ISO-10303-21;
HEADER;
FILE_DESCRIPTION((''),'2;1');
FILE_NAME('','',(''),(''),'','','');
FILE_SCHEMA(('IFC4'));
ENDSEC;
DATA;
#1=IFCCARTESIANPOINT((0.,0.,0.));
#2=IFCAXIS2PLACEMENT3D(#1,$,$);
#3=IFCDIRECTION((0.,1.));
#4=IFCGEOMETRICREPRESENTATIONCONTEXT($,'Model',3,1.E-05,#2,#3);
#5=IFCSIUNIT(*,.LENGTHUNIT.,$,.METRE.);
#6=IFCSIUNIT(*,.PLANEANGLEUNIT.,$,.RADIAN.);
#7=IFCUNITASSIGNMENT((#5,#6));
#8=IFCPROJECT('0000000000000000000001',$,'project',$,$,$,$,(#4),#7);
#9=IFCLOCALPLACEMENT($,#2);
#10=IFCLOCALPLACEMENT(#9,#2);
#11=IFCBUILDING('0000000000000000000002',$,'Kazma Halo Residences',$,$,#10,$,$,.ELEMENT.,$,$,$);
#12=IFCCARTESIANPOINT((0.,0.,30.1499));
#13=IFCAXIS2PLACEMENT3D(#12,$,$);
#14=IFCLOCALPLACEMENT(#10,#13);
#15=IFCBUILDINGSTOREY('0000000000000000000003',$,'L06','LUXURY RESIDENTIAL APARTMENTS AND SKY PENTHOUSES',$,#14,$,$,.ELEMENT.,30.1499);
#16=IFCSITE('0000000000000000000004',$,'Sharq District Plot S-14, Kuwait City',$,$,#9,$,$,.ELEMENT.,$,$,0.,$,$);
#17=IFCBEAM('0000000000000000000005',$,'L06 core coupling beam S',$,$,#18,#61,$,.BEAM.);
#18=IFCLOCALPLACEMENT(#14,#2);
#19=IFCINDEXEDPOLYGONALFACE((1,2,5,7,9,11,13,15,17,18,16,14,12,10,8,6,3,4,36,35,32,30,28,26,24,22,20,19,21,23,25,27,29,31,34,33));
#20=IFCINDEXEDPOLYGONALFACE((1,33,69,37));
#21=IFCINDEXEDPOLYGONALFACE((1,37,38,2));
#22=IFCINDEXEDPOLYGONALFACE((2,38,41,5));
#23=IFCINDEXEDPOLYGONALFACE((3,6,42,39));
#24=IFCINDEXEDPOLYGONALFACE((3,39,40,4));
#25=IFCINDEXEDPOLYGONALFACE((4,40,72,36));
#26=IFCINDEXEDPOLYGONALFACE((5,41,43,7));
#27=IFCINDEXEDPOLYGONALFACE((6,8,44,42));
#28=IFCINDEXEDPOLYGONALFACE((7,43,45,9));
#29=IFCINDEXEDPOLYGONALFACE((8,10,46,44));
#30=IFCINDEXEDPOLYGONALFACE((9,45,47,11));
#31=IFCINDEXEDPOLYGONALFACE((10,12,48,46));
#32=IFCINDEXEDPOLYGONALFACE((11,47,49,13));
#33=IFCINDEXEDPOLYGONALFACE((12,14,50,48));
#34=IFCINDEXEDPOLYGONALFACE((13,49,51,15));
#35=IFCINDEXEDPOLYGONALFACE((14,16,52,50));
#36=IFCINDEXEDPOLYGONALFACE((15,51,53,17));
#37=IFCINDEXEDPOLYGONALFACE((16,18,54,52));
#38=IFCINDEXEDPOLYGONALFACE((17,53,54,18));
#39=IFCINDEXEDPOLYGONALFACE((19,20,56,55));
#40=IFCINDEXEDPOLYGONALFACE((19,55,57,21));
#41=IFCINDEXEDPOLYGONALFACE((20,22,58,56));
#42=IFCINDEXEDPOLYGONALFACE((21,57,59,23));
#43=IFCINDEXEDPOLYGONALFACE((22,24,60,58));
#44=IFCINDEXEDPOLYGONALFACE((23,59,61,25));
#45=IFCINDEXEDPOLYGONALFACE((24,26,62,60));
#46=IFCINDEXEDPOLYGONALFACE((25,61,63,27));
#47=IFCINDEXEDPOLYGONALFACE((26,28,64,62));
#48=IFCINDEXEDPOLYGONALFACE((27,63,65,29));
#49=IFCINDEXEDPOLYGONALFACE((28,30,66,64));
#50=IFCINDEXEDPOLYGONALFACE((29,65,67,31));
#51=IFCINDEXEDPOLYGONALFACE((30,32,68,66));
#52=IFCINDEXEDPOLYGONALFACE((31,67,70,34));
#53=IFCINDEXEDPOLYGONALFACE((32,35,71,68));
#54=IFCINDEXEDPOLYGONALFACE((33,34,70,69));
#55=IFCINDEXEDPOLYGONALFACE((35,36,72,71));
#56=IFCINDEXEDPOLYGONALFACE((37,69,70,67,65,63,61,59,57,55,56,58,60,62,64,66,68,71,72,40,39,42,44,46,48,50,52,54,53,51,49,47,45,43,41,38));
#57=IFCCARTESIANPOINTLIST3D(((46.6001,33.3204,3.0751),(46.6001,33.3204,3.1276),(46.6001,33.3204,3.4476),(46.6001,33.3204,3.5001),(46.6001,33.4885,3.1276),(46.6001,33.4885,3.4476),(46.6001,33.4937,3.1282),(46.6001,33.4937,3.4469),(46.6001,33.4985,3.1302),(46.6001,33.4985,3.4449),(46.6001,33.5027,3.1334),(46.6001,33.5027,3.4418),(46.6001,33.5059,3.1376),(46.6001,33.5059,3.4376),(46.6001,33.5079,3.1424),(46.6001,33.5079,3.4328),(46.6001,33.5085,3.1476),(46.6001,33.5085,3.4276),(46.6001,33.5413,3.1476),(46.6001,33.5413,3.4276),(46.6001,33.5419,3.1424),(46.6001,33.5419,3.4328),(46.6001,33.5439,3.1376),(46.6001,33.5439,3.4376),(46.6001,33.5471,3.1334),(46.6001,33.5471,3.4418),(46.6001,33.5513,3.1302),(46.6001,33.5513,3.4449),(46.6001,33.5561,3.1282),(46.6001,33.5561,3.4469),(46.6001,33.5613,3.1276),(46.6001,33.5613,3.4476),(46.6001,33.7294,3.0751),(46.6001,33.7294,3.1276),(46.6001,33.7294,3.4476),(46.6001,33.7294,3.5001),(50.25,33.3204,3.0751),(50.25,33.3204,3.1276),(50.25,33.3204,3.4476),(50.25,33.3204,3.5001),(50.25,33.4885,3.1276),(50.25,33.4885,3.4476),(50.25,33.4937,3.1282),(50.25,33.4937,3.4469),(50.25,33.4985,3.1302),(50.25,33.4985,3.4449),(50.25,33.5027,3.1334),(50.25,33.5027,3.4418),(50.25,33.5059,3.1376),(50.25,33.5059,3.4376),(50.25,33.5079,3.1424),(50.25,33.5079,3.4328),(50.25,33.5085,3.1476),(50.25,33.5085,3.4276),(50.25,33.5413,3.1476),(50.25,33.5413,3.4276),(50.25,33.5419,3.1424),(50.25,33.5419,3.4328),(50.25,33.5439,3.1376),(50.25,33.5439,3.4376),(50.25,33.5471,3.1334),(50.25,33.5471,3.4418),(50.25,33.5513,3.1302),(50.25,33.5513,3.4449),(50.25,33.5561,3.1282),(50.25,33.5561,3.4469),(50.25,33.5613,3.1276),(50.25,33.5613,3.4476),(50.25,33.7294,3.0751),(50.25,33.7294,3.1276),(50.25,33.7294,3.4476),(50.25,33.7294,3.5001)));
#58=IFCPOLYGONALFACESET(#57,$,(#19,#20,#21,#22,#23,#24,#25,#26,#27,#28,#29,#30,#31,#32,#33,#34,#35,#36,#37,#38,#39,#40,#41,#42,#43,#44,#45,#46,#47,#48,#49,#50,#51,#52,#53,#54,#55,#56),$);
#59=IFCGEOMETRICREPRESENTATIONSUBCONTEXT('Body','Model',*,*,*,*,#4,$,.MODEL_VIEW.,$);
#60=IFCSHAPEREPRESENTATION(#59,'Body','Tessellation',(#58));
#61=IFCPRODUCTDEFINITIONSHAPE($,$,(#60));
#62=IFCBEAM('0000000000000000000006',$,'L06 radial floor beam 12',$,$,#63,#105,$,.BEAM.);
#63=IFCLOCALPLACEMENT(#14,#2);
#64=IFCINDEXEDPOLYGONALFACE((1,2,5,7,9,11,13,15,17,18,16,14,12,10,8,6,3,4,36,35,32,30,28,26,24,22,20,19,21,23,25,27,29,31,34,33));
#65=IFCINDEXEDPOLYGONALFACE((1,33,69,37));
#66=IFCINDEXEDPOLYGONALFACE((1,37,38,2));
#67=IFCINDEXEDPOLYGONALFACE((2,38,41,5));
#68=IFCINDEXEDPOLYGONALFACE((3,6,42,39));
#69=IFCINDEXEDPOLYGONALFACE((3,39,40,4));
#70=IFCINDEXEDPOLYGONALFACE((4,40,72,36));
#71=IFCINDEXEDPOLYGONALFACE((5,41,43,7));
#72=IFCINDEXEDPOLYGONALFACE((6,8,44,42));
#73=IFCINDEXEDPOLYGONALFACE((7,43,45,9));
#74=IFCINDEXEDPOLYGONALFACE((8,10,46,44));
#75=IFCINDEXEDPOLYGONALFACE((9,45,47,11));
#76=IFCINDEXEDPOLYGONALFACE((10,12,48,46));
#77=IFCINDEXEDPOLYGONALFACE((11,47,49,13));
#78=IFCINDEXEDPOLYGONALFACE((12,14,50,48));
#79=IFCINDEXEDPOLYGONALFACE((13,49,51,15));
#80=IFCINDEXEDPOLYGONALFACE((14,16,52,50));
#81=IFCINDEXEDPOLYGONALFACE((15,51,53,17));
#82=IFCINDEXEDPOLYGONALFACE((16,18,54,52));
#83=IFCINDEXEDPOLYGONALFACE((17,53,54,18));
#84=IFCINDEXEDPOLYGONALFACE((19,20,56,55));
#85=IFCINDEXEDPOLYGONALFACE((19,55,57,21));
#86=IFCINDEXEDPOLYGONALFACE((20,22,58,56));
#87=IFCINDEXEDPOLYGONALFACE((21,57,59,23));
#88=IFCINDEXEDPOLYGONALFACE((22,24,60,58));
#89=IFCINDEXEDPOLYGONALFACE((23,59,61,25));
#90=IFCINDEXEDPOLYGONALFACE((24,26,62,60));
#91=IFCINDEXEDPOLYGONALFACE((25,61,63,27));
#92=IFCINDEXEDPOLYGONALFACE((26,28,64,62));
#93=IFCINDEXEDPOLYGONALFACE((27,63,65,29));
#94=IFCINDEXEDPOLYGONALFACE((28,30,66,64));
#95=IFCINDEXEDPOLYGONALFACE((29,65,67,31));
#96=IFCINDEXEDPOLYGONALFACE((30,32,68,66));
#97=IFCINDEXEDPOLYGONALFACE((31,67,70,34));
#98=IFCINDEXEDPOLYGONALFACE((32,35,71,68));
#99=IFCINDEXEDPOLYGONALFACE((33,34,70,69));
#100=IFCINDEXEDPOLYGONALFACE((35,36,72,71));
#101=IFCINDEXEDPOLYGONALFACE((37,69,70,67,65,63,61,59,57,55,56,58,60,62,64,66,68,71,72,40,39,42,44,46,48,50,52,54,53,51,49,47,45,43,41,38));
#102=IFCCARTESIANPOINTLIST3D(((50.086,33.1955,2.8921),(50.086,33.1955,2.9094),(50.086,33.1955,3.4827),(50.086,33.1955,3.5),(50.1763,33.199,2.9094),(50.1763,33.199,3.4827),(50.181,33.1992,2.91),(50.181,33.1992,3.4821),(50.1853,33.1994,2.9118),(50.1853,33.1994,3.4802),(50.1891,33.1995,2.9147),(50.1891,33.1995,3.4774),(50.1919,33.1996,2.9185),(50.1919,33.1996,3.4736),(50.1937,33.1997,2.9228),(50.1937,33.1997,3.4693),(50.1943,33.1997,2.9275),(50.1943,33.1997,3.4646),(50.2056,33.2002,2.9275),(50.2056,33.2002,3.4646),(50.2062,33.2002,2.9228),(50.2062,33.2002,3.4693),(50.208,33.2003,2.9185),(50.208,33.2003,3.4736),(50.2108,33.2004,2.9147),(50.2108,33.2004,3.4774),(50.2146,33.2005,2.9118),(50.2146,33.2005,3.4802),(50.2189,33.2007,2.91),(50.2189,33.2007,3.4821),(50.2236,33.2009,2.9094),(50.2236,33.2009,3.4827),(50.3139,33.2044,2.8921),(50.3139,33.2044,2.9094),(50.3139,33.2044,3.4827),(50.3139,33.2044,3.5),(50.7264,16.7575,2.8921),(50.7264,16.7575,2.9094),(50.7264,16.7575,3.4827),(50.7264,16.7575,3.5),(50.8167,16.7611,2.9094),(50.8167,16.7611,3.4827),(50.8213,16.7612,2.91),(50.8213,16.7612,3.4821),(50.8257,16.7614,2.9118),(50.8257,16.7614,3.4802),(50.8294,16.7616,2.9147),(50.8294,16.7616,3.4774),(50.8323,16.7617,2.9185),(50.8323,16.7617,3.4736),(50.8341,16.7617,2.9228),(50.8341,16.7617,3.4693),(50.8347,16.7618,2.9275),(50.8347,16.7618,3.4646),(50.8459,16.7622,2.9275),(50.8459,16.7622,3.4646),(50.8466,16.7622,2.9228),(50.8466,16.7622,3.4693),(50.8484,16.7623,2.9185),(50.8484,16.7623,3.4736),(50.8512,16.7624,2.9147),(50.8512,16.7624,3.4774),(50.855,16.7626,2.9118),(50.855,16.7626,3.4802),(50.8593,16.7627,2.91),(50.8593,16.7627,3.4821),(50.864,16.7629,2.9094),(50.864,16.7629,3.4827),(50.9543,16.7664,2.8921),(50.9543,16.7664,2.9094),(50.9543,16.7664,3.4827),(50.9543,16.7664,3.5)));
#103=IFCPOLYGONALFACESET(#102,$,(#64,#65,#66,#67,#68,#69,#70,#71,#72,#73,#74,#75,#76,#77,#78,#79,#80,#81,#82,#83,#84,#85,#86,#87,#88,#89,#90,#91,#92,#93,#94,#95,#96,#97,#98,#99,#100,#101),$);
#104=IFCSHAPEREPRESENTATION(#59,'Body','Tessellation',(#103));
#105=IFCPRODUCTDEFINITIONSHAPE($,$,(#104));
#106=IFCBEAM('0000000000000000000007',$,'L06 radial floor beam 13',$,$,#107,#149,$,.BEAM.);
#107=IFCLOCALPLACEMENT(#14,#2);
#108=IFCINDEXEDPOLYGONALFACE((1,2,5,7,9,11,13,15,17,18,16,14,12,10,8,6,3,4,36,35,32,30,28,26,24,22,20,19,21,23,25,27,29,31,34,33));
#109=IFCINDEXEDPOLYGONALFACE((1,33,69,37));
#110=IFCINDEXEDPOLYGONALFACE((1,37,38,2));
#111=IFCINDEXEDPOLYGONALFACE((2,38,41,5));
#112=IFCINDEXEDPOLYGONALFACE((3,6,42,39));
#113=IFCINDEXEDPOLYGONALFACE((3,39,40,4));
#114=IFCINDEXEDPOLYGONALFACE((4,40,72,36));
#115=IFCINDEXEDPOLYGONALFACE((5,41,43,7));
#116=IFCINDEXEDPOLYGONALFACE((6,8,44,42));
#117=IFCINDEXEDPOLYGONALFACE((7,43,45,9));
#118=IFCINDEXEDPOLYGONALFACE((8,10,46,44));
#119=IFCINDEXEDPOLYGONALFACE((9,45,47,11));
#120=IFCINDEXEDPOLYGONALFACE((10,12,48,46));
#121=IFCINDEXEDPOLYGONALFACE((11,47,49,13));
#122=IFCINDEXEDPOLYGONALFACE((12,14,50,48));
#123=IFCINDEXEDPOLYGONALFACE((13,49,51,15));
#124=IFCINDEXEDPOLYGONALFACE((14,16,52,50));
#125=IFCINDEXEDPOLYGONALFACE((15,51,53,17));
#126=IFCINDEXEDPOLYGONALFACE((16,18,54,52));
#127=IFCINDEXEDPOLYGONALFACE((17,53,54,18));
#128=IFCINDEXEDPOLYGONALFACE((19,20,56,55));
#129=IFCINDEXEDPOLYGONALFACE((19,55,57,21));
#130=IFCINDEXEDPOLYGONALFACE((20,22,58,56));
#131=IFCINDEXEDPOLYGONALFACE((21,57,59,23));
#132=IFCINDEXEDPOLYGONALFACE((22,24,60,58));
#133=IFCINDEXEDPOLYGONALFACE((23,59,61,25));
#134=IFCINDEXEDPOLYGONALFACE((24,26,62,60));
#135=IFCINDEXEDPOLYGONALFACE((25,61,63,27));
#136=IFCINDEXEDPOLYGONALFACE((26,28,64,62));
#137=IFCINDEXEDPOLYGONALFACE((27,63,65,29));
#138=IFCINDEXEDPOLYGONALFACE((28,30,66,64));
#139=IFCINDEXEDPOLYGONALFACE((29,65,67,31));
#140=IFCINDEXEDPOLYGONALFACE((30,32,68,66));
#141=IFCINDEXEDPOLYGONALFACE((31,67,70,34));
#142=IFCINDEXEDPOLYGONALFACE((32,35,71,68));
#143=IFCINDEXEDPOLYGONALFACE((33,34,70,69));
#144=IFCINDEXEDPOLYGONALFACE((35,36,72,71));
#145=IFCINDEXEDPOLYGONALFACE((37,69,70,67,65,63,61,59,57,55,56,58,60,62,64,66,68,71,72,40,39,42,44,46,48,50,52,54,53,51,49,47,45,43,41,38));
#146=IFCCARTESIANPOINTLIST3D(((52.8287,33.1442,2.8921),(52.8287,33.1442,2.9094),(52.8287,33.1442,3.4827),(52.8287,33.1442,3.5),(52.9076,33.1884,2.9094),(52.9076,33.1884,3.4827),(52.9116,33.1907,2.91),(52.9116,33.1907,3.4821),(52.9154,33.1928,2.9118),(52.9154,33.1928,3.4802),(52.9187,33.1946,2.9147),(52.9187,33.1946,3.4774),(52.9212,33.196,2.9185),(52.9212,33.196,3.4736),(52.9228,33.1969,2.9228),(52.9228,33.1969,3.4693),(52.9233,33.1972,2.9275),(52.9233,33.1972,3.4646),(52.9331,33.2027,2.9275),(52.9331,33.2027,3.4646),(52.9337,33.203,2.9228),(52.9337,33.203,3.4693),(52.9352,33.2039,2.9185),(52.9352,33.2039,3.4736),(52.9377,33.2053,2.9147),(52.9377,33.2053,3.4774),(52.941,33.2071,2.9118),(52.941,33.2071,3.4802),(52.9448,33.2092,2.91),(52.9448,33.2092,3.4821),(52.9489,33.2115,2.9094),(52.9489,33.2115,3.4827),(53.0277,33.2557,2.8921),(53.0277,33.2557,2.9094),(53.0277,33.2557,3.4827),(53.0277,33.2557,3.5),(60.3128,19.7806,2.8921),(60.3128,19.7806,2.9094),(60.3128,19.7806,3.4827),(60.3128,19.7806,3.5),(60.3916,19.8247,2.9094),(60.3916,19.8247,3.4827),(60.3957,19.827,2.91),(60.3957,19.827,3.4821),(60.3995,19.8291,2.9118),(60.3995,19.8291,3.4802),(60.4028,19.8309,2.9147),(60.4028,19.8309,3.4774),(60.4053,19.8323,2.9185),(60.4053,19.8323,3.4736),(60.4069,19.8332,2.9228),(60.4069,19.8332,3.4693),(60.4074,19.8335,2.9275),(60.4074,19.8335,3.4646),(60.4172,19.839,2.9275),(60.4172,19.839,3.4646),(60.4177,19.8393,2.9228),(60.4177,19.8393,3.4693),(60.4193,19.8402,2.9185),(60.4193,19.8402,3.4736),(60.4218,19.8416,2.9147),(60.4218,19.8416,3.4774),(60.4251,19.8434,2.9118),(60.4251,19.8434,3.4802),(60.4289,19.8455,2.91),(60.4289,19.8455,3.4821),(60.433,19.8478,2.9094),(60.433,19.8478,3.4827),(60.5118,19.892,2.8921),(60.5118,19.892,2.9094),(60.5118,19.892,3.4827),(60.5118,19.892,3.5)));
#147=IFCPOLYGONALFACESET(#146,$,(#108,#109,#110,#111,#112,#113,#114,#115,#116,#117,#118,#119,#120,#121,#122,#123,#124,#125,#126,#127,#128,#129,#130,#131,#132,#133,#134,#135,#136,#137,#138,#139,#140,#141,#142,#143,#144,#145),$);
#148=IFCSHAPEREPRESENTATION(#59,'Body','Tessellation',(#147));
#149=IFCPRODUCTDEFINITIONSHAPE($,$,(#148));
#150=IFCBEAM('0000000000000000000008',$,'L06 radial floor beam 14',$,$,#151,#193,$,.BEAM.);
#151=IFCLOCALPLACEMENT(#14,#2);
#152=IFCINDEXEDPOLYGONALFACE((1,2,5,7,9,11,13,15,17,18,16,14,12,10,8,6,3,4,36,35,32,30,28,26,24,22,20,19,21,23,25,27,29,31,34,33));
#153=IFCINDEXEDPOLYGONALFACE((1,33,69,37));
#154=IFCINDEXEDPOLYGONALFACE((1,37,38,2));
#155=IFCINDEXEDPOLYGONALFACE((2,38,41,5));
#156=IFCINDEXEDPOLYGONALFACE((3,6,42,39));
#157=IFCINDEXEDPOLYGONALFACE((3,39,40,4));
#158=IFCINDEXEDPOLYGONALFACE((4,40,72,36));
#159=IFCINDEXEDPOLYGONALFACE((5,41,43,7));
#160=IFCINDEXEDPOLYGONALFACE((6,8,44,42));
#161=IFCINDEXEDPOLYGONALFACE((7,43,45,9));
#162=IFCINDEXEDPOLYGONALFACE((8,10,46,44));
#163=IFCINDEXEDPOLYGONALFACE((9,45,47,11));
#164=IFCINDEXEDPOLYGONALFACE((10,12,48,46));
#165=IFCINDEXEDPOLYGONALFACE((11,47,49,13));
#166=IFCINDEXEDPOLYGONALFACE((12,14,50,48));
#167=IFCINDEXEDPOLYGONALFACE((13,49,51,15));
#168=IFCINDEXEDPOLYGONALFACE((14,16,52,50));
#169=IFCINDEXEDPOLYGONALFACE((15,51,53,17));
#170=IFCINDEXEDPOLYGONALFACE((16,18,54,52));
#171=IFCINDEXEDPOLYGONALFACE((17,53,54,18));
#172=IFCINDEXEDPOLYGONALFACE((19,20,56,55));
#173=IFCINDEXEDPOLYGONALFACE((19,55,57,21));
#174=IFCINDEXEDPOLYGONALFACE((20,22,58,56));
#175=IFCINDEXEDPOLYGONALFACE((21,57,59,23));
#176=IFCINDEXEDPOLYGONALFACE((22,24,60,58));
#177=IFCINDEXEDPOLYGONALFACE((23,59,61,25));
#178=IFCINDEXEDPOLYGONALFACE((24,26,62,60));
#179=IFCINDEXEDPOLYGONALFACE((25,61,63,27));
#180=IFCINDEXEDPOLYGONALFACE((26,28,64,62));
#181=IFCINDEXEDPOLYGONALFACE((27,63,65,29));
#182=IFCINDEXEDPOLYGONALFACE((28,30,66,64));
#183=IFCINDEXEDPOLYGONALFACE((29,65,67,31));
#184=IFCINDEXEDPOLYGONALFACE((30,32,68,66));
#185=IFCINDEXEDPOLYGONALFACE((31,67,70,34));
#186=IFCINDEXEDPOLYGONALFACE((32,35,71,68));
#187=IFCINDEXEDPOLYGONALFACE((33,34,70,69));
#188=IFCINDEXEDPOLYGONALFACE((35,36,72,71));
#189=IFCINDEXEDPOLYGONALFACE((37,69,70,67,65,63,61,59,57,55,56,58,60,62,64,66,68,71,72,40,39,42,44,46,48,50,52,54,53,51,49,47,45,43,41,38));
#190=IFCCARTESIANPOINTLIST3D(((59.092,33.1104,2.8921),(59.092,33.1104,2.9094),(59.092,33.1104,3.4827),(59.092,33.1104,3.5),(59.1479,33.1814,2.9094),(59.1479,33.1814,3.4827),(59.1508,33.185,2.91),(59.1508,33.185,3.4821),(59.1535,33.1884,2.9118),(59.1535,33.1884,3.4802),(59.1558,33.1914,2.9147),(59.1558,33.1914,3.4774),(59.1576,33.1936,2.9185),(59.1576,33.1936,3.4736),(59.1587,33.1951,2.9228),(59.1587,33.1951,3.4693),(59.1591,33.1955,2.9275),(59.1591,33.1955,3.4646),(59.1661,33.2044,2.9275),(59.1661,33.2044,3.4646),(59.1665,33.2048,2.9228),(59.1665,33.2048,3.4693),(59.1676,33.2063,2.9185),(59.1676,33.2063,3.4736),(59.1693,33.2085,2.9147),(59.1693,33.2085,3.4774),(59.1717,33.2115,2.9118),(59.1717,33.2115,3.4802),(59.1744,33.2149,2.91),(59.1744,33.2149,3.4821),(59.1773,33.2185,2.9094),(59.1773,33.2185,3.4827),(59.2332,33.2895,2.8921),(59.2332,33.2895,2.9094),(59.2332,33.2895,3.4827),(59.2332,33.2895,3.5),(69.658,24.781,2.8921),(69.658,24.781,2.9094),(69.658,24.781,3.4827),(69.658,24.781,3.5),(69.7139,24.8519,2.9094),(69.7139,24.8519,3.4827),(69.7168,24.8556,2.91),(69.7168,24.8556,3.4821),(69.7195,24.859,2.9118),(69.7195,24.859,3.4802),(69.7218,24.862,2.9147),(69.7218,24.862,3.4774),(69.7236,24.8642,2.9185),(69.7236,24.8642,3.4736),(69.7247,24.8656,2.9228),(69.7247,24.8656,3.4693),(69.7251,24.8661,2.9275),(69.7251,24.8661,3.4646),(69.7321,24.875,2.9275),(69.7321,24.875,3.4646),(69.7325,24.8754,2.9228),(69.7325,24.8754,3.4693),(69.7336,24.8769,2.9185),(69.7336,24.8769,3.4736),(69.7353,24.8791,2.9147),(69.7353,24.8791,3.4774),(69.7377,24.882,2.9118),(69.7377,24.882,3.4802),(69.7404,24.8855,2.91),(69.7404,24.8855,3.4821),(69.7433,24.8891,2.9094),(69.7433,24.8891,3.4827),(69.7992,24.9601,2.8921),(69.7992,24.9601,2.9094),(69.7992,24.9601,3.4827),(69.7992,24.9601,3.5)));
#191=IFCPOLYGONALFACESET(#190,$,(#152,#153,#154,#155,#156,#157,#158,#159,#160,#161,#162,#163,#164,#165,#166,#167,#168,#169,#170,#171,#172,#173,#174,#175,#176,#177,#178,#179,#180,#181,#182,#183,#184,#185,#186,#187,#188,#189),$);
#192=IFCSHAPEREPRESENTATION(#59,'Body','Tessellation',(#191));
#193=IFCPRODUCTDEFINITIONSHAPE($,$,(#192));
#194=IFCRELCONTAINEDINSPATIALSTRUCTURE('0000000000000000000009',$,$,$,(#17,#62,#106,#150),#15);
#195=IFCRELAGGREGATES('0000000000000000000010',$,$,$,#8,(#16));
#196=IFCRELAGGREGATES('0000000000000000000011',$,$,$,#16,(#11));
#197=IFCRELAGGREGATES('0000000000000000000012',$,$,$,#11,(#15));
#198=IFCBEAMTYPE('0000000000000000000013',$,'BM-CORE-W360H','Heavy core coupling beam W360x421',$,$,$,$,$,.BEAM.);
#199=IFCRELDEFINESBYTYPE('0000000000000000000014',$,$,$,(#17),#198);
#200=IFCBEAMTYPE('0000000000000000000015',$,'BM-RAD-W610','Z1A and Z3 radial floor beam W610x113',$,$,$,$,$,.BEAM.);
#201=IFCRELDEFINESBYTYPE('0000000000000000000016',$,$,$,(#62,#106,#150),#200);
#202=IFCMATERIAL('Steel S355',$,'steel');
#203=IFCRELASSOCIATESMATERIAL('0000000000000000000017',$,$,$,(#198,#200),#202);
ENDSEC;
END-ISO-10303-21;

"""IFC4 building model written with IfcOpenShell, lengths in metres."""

from ifc_helpers import new_model, si_unit, direction, frame, origin, origin_2d, place, context, subcontext, project, spatial, i_section, extrude, material, material_profile, profile_set, type_object, element, save


model = new_model("IFC4")

# Units and contexts
model_context = context("Model", 3, precision=1e-05, world=origin(), true_north=direction((0.0, 1.0)))
body_context = subcontext(model_context, "Body", "Model", "MODEL_VIEW")
ifc_project = project(units=[si_unit("LENGTHUNIT", "METRE"), si_unit("PLANEANGLEUNIT", "RADIAN")], contexts=[model_context])

# Site, building, storey
site_placement = place(None, origin())
site = spatial("IfcSite", under=ifc_project, at=site_placement, Name="Sharq District Plot S-14, Kuwait City", CompositionType="ELEMENT", RefElevation=0.0)
building_placement = place(site_placement, origin())
building = spatial("IfcBuilding", under=site, at=building_placement, Name="Kazma Halo Residences", CompositionType="ELEMENT")
storey_placement = place(building_placement, frame((0.0, 0.0, 30.1499)))
storey = spatial("IfcBuildingStorey", under=building, at=storey_placement, Name="L06", Description="LUXURY RESIDENTIAL APARTMENTS AND SKY PENTHOUSES", CompositionType="ELEMENT", Elevation=30.1499)

# Beams
ifc_material_1 = material(Name="Steel S355", Category="steel")
ifc_material_profile_1 = material_profile(ifc_material_1, i_section(OverallWidth=0.4089, OverallDepth=0.425, WebThickness=0.0327, FlangeThickness=0.0525, FilletRadius=0.02, at=origin_2d()), Name="W360x421")
ifc_profile_set_1 = profile_set([ifc_material_profile_1], Name="Steel S355")
beam_type_1 = type_object("IfcBeamType", Name="BM-CORE-W360H", Description="Heavy core coupling beam W360x421", PredefinedType="BEAM", material=ifc_profile_set_1)
beam_1_placement = place(storey_placement, frame((46.6001, 33.5249, 3.2876), z_axis=(1.0, 0.0, 0.0), x_axis=(0.0, 1.0, 0.0)))
element("IfcBeam", 1, at=beam_1_placement, inside=storey, type_object=beam_type_1, Name="L06 core coupling beam S", PredefinedType="BEAM", context=body_context, shape_type="SweptSolid", body=[
    extrude(i_section(OverallWidth=0.4089, OverallDepth=0.425, WebThickness=0.0327, FlangeThickness=0.0525, FilletRadius=0.02, at=origin_2d()), origin(), (0.0, 0.0, 1.0), 3.6499),
])
ifc_material_profile_2 = material_profile(ifc_material_1, i_section(OverallWidth=0.228, OverallDepth=0.6079, WebThickness=0.0112, FlangeThickness=0.0173, FilletRadius=0.0181, at=origin_2d()), Name="W610x113")
ifc_profile_set_2 = profile_set([ifc_material_profile_2], Name="Steel S355")
beam_type_2 = type_object("IfcBeamType", Name="BM-RAD-W610", Description="Z1A and Z3 radial floor beam W610x113", PredefinedType="BEAM", material=ifc_profile_set_2)
beam_2_placement = place(storey_placement, frame((50.2, 33.2, 3.196), z_axis=(0.038928, -0.999242, 0.0), x_axis=(0.999242, 0.038928, 0.0)))
element("IfcBeam", 2, at=beam_2_placement, inside=storey, type_object=beam_type_2, Name="L06 radial floor beam 12", PredefinedType="BEAM", context=body_context, shape_type="SweptSolid", body=[
    extrude(i_section(OverallWidth=0.228, OverallDepth=0.6079, WebThickness=0.0112, FlangeThickness=0.0173, FilletRadius=0.0181, at=origin_2d()), origin(), (0.0, 0.0, 1.0), 16.4504),
])
beam_3_placement = place(storey_placement, frame((52.9282, 33.2, 3.196), z_axis=(0.488624, -0.872494, 0.0), x_axis=(0.872494, 0.488624, 0.0)))
element("IfcBeam", 3, at=beam_3_placement, inside=storey, type_object=beam_type_2, Name="L06 radial floor beam 13", PredefinedType="BEAM", context=body_context, shape_type="SweptSolid", body=[
    extrude(i_section(OverallWidth=0.228, OverallDepth=0.6079, WebThickness=0.0112, FlangeThickness=0.0173, FilletRadius=0.0181, at=origin_2d()), origin(), (0.0, 0.0, 1.0), 15.3167),
])
beam_4_placement = place(storey_placement, frame((59.1626, 33.2, 3.196), z_axis=(0.785322, -0.619087, 0.0), x_axis=(0.619087, 0.785322, 0.0)))
element("IfcBeam", 4, at=beam_4_placement, inside=storey, type_object=beam_type_2, Name="L06 radial floor beam 14", PredefinedType="BEAM", context=body_context, shape_type="SweptSolid", body=[
    extrude(i_section(OverallWidth=0.228, OverallDepth=0.6079, WebThickness=0.0112, FlangeThickness=0.0173, FilletRadius=0.0181, at=origin_2d()), origin(), (0.0, 0.0, 1.0), 13.4543),
])

save(model, "model.ifc")
